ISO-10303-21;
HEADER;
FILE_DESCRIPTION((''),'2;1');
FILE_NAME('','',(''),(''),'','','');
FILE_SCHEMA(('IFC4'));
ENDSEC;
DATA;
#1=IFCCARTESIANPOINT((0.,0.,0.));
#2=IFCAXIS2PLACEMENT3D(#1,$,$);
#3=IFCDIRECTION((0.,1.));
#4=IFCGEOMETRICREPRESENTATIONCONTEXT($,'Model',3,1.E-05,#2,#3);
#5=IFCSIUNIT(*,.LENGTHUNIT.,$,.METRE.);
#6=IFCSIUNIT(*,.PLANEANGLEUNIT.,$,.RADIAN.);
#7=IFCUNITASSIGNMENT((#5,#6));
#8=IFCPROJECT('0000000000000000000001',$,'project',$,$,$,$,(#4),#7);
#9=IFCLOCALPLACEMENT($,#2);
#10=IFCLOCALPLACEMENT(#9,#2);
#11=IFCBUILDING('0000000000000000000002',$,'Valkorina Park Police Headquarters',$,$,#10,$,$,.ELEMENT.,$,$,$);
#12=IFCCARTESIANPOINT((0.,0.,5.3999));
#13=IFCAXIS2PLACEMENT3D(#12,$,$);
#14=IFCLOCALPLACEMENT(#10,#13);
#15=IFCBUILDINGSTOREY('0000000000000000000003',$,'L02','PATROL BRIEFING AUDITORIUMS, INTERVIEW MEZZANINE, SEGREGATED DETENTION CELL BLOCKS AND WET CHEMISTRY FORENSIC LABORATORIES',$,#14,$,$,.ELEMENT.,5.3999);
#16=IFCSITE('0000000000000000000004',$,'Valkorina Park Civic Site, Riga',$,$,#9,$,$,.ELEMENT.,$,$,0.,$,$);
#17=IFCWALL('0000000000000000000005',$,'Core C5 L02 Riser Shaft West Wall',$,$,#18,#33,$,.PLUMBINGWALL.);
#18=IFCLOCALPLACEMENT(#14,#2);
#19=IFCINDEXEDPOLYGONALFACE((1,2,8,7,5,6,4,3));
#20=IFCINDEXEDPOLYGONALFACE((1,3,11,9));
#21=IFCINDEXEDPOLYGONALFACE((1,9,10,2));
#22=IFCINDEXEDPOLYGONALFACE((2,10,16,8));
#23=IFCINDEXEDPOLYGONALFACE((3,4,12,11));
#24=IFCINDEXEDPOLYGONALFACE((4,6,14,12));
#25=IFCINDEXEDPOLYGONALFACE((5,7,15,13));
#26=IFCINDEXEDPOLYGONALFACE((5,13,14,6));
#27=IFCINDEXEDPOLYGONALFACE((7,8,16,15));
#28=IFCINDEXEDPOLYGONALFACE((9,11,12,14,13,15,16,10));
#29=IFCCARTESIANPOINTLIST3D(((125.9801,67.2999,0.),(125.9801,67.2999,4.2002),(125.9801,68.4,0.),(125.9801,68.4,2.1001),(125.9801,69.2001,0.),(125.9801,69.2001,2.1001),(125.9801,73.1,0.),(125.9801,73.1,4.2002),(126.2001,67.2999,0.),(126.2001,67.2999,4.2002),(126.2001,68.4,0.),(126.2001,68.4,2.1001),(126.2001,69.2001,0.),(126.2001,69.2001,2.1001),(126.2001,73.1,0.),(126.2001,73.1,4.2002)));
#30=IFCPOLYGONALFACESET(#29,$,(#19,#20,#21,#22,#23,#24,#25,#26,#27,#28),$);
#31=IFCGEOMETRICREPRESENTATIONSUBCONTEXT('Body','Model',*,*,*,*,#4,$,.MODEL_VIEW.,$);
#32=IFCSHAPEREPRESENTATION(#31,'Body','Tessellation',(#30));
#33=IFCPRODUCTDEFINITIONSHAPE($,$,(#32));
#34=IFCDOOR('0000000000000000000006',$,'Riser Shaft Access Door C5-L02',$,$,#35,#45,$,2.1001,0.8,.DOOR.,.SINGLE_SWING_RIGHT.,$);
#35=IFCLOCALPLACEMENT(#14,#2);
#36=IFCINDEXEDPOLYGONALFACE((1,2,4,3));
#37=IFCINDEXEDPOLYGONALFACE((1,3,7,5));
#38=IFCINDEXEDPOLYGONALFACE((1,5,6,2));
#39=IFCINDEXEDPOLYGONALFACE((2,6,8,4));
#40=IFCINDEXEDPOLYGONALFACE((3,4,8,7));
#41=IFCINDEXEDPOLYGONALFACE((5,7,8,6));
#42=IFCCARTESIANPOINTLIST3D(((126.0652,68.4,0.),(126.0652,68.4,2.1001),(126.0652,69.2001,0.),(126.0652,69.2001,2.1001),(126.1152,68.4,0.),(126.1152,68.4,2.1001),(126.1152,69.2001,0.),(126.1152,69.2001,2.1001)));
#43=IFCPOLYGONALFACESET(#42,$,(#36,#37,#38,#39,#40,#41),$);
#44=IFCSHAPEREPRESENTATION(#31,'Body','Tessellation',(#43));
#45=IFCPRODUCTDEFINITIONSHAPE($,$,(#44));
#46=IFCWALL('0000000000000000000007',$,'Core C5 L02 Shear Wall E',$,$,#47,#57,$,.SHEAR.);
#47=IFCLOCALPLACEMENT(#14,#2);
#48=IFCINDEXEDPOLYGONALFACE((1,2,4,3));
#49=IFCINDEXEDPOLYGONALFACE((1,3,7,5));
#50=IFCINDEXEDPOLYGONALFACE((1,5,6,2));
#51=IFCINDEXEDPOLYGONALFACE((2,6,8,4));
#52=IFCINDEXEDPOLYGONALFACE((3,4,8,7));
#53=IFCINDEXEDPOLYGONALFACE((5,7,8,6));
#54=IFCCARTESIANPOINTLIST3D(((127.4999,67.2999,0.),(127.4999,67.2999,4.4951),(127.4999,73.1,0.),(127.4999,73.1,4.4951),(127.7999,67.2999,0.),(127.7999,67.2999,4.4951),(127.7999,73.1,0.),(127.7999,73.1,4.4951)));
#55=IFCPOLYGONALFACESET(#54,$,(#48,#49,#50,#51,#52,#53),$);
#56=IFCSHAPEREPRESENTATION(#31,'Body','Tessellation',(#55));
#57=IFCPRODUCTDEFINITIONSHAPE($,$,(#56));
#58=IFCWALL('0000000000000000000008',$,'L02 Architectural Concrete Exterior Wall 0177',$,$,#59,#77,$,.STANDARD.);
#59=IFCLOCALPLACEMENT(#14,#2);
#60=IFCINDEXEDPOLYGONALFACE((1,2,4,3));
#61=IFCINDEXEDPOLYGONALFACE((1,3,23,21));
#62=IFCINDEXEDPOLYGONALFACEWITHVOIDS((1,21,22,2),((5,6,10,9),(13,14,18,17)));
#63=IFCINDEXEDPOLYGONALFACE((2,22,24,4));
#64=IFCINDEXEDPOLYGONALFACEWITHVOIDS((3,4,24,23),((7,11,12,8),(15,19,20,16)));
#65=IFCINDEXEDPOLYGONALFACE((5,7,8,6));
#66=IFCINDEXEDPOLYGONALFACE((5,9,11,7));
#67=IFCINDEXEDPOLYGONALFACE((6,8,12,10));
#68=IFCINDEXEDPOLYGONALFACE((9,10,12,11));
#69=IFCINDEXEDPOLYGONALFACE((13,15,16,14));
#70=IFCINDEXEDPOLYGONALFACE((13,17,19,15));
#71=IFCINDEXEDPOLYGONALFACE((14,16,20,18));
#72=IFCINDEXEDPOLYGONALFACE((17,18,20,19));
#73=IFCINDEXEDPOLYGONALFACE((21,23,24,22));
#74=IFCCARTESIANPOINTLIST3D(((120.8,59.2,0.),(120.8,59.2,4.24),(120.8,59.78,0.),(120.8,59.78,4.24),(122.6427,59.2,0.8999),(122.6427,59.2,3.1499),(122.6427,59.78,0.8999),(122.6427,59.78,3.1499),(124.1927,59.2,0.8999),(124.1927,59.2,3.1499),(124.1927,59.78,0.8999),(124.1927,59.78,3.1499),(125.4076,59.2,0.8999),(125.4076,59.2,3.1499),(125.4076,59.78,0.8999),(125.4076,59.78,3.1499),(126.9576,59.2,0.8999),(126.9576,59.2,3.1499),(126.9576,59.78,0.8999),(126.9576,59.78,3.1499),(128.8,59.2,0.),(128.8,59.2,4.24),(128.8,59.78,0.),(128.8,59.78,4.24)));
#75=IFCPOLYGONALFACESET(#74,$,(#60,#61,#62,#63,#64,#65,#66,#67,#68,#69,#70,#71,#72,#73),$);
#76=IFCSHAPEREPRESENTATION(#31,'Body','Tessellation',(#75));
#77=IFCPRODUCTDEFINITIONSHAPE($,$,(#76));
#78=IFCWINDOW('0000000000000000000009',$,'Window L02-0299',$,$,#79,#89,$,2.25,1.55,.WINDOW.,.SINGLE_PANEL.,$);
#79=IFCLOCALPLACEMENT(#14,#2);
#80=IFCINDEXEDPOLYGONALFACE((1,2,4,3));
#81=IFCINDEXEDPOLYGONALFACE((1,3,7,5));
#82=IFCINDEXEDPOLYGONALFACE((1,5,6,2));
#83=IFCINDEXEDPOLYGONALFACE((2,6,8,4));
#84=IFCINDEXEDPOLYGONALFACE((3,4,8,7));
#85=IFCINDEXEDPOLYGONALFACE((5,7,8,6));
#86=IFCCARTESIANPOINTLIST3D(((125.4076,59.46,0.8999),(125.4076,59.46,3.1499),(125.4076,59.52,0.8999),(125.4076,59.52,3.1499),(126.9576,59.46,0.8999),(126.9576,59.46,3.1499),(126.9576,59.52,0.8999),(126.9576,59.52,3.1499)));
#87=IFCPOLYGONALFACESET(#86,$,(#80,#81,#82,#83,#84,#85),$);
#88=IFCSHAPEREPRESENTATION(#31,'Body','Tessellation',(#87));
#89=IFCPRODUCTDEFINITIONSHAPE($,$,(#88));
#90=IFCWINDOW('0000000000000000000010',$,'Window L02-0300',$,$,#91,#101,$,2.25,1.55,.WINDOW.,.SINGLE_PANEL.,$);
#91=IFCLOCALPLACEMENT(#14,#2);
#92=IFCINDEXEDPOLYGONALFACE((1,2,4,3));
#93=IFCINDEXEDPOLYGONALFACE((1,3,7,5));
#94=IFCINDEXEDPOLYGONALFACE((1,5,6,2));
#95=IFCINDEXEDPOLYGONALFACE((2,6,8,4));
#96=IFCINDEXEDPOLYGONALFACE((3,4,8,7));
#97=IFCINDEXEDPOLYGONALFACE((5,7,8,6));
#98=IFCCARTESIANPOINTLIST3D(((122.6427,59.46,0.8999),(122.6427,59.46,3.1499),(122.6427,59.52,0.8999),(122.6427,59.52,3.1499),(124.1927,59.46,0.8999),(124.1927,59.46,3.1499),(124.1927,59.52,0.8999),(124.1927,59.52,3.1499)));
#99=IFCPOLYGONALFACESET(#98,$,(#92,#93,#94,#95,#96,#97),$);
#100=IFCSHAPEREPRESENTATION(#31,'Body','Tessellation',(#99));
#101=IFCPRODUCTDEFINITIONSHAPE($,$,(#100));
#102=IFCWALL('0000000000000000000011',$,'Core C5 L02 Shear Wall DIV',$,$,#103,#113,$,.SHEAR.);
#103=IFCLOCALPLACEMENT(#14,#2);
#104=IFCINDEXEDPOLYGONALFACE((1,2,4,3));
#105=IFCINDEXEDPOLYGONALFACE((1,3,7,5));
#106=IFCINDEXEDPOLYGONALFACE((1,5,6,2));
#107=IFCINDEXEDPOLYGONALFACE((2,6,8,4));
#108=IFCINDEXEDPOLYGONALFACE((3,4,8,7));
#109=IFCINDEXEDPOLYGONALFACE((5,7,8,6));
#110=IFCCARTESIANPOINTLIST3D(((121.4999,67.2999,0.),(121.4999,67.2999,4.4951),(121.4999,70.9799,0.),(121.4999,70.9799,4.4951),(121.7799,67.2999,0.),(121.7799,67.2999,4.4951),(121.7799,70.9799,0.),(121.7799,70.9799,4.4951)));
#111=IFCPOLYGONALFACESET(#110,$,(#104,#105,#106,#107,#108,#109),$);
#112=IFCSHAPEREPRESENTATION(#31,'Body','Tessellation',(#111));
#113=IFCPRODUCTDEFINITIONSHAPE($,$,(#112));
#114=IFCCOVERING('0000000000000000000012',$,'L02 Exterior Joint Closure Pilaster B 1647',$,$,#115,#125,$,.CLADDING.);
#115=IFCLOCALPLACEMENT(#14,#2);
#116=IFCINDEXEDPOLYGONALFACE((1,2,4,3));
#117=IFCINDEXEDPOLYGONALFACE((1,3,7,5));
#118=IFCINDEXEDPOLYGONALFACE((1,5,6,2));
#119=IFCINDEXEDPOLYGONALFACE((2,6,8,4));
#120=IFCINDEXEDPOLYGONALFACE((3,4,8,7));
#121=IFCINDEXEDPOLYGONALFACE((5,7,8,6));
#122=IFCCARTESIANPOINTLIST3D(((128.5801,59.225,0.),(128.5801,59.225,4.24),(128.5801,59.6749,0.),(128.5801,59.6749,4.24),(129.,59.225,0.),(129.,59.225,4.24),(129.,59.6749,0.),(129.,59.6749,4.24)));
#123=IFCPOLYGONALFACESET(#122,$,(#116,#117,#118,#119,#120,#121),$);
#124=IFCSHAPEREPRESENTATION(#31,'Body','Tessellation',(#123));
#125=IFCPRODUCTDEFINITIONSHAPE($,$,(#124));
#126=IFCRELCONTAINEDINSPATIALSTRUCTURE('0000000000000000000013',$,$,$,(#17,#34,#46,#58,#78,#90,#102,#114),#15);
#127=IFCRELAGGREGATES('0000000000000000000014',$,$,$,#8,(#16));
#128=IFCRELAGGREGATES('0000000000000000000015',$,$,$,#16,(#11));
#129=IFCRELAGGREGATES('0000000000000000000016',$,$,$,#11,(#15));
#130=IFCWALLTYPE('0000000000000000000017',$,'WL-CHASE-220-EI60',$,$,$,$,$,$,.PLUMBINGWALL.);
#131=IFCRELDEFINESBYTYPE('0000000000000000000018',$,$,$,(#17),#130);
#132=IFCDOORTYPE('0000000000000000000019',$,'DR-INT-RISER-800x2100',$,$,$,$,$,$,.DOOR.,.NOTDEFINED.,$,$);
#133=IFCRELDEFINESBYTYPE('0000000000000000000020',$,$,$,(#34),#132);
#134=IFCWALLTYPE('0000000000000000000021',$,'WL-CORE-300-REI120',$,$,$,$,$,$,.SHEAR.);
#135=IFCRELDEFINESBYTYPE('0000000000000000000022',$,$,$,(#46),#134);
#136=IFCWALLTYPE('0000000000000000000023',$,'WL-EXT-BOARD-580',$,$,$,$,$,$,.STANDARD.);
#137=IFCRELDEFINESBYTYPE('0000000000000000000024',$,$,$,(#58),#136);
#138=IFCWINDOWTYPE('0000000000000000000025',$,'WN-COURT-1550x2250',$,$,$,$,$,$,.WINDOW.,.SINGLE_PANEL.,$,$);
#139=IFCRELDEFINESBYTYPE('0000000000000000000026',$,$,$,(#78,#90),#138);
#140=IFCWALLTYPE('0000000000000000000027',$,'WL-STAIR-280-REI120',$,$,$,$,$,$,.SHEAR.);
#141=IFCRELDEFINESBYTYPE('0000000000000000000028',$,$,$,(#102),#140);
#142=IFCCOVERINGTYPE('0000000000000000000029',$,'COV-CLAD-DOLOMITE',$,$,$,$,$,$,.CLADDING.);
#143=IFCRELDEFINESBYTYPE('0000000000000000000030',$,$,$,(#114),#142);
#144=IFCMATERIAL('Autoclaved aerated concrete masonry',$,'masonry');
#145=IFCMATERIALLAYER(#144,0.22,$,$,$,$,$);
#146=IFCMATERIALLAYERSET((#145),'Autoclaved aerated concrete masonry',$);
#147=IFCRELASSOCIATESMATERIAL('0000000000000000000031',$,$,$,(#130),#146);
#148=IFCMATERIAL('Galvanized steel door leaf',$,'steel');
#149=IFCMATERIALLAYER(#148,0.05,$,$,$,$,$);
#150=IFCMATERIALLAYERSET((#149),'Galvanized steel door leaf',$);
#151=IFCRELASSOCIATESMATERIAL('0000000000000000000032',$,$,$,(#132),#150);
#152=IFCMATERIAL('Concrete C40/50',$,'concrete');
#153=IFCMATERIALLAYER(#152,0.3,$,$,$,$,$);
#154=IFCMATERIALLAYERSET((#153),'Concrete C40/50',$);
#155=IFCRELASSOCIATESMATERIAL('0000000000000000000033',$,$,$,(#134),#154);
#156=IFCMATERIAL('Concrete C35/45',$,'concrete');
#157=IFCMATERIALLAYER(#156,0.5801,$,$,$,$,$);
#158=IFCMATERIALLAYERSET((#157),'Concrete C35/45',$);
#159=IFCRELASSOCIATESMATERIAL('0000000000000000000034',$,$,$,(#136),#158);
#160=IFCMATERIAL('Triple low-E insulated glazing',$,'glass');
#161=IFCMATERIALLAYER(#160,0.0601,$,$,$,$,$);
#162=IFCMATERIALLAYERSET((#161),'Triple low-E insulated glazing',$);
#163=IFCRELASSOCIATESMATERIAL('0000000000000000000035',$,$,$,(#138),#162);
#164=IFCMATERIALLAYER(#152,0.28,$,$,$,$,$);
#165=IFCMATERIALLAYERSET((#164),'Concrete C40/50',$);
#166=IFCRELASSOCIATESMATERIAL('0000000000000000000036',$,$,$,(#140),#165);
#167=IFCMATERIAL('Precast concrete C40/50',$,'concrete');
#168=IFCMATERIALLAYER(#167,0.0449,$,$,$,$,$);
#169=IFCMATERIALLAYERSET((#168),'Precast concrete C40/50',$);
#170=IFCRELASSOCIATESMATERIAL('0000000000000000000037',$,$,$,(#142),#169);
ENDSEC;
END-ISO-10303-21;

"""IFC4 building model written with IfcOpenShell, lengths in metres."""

from ifc_helpers import new_model, si_unit, direction, frame, frame_2d, origin, origin_2d, place, context, subcontext, project, spatial, rectangle, extrude, material, layer, layer_set, type_object, element, fill, save


model = new_model("IFC4")

# Units and contexts
model_context = context("Model", 3, precision=1e-05, world=origin(), true_north=direction((0.0, 1.0)))
body_context = subcontext(model_context, "Body", "Model", "MODEL_VIEW")
ifc_project = project(units=[si_unit("LENGTHUNIT", "METRE"), si_unit("PLANEANGLEUNIT", "RADIAN")], contexts=[model_context])

# Site, building, storey
site_placement = place(None, origin())
site = spatial("IfcSite", under=ifc_project, at=site_placement, Name="Valkorina Park Civic Site, Riga", CompositionType="ELEMENT", RefElevation=0.0)
building_placement = place(site_placement, origin())
building = spatial("IfcBuilding", under=site, at=building_placement, Name="Valkorina Park Police Headquarters", CompositionType="ELEMENT")
storey_placement = place(building_placement, frame((0.0, 0.0, 5.3999)))
storey = spatial("IfcBuildingStorey", under=building, at=storey_placement, Name="L02", Description="PATROL BRIEFING AUDITORIUMS, INTERVIEW MEZZANINE, SEGREGATED DETENTION CELL BLOCKS AND WET CHEMISTRY FORENSIC LABORATORIES", CompositionType="ELEMENT", Elevation=5.3999)

# Shared definitions
ifc_material_1 = material(Name="Autoclaved aerated concrete masonry", Category="masonry")
ifc_layer_1 = layer(ifc_material_1, 0.22)
ifc_layer_set_1 = layer_set([ifc_layer_1], Name="Autoclaved aerated concrete masonry")
wall_type_1 = type_object("IfcWallType", Name="WL-CHASE-220-EI60", PredefinedType="PLUMBINGWALL", material=ifc_layer_set_1)

# Wall, opening, door
wall_1_placement = place(storey_placement, frame((126.0901, 67.3, 0.0), z_axis=(0.0, 0.0, 1.0), x_axis=(0.0, 1.0, 0.0)))
wall_1 = element("IfcWall", 1, at=wall_1_placement, inside=storey, type_object=wall_type_1, Name="Core C5 L02 Riser Shaft West Wall", PredefinedType="PLUMBINGWALL", context=body_context, shape_type="SweptSolid", body=[
    extrude(rectangle(XDim=5.8, YDim=0.22, at=frame_2d((2.8999, 0.0))), origin(), (0.0, 0.0, 1.0), 4.2002),
])
opening_1_placement = place(wall_1_placement, frame((1.1001, 0.0, 0.0)))
opening_1 = element("IfcOpeningElement", 2, at=opening_1_placement, cuts=wall_1, PredefinedType="OPENING", context=body_context, shape_type="SweptSolid", body=[
    extrude(rectangle(XDim=0.8, YDim=2.1001, at=frame_2d((0.3999, 1.05))), frame((0.0, 0.1201, 0.0), z_axis=(0.0, -1.0, 0.0), x_axis=(1.0, 0.0, 0.0)), (0.0, 0.0, 1.0), 0.24),
])
ifc_material_2 = material(Name="Galvanized steel door leaf", Category="steel")
ifc_layer_2 = layer(ifc_material_2, 0.05)
ifc_layer_set_2 = layer_set([ifc_layer_2], Name="Galvanized steel door leaf")
door_type_1 = type_object("IfcDoorType", Name="DR-INT-RISER-800x2100", OperationType="NOTDEFINED", PredefinedType="DOOR", material=ifc_layer_set_2)
door_1_placement = place(opening_1_placement, origin())
door_1 = element("IfcDoor", 3, at=door_1_placement, inside=storey, type_object=door_type_1, Name="Riser Shaft Access Door C5-L02", OperationType="SINGLE_SWING_RIGHT", OverallHeight=2.1001, OverallWidth=0.8, PredefinedType="DOOR", context=body_context, shape_type="SweptSolid", body=[
    extrude(rectangle(XDim=0.8, YDim=2.1001, at=frame_2d((0.3999, 1.05))), frame((0.0, 0.0249, 0.0), z_axis=(0.0, -1.0, 0.0), x_axis=(1.0, 0.0, 0.0)), (0.0, 0.0, 1.0), 0.05),
])
fill(opening_1, door_1)

# Wall
ifc_material_3 = material(Name="Concrete C40/50", Category="concrete")
ifc_layer_3 = layer(ifc_material_3, 0.3)
ifc_layer_set_3 = layer_set([ifc_layer_3], Name="Concrete C40/50")
wall_type_2 = type_object("IfcWallType", Name="WL-CORE-300-REI120", PredefinedType="SHEAR", material=ifc_layer_set_3)
wall_2_placement = place(storey_placement, frame((127.6499, 67.3, 0.0), z_axis=(0.0, 0.0, 1.0), x_axis=(0.0, 1.0, 0.0)))
element("IfcWall", 4, at=wall_2_placement, inside=storey, type_object=wall_type_2, Name="Core C5 L02 Shear Wall E", PredefinedType="SHEAR", context=body_context, shape_type="SweptSolid", body=[
    extrude(rectangle(XDim=5.8, YDim=0.3, at=frame_2d((2.8999, 0.0))), origin(), (0.0, 0.0, 1.0), 4.4951),
])

# Wall, openings, windows
ifc_material_4 = material(Name="Concrete C35/45", Category="concrete")
ifc_layer_4 = layer(ifc_material_4, 0.5801)
ifc_layer_set_4 = layer_set([ifc_layer_4], Name="Concrete C35/45")
wall_type_3 = type_object("IfcWallType", Name="WL-EXT-BOARD-580", PredefinedType="STANDARD", material=ifc_layer_set_4)
wall_3_placement = place(storey_placement, frame((128.8, 59.49, 0.0), z_axis=(0.0, 0.0, 1.0), x_axis=(-1.0, 0.0, 0.0)))
wall_3 = element("IfcWall", 5, at=wall_3_placement, inside=storey, type_object=wall_type_3, Name="L02 Architectural Concrete Exterior Wall 0177", PredefinedType="STANDARD", context=body_context, shape_type="SweptSolid", body=[
    extrude(rectangle(XDim=8.0, YDim=0.5801, at=frame_2d((4.0, 0.0))), origin(), (0.0, 0.0, 1.0), 4.24),
])
opening_2_placement = place(wall_3_placement, frame((1.8425, 0.0, 0.8999)))
opening_2 = element("IfcOpeningElement", 6, at=opening_2_placement, cuts=wall_3, PredefinedType="OPENING", context=body_context, shape_type="SweptSolid", body=[
    extrude(rectangle(XDim=1.55, YDim=2.25, at=frame_2d((0.7749, 1.125))), frame((0.0, 0.3, 0.0), z_axis=(0.0, -1.0, 0.0), x_axis=(1.0, 0.0, 0.0)), (0.0, 0.0, 1.0), 0.6001),
])
opening_3_placement = place(wall_3_placement, frame((4.6074, 0.0, 0.8999)))
opening_3 = element("IfcOpeningElement", 7, at=opening_3_placement, cuts=wall_3, PredefinedType="OPENING", context=body_context, shape_type="SweptSolid", body=[
    extrude(rectangle(XDim=1.55, YDim=2.25, at=frame_2d((0.7749, 1.125))), frame((0.0, 0.3, 0.0), z_axis=(0.0, -1.0, 0.0), x_axis=(1.0, 0.0, 0.0)), (0.0, 0.0, 1.0), 0.6001),
])
ifc_material_5 = material(Name="Triple low-E insulated glazing", Category="glass")
ifc_layer_5 = layer(ifc_material_5, 0.0601)
ifc_layer_set_5 = layer_set([ifc_layer_5], Name="Triple low-E insulated glazing")
window_type = type_object("IfcWindowType", Name="WN-COURT-1550x2250", PartitioningType="SINGLE_PANEL", PredefinedType="WINDOW", material=ifc_layer_set_5)
window_1_placement = place(opening_2_placement, origin())
window_1 = element("IfcWindow", 8, at=window_1_placement, inside=storey, type_object=window_type, Name="Window L02-0299", OverallHeight=2.25, OverallWidth=1.55, PartitioningType="SINGLE_PANEL", PredefinedType="WINDOW", context=body_context, shape_type="SweptSolid", body=[
    extrude(rectangle(XDim=1.55, YDim=2.25, at=frame_2d((0.7749, 1.125))), frame((0.0, 0.03, 0.0), z_axis=(0.0, -1.0, 0.0), x_axis=(1.0, 0.0, 0.0)), (0.0, 0.0, 1.0), 0.0601),
])
fill(opening_2, window_1)
window_2_placement = place(opening_3_placement, origin())
window_2 = element("IfcWindow", 9, at=window_2_placement, inside=storey, type_object=window_type, Name="Window L02-0300", OverallHeight=2.25, OverallWidth=1.55, PartitioningType="SINGLE_PANEL", PredefinedType="WINDOW", context=body_context, shape_type="SweptSolid", body=[
    extrude(rectangle(XDim=1.55, YDim=2.25, at=frame_2d((0.7749, 1.125))), frame((0.0, 0.03, 0.0), z_axis=(0.0, -1.0, 0.0), x_axis=(1.0, 0.0, 0.0)), (0.0, 0.0, 1.0), 0.0601),
])
fill(opening_3, window_2)

# Wall
ifc_layer_6 = layer(ifc_material_3, 0.28)
ifc_layer_set_6 = layer_set([ifc_layer_6], Name="Concrete C40/50")
wall_type_4 = type_object("IfcWallType", Name="WL-STAIR-280-REI120", PredefinedType="SHEAR", material=ifc_layer_set_6)
wall_4_placement = place(storey_placement, frame((121.6399, 67.3, 0.0), z_axis=(0.0, 0.0, 1.0), x_axis=(0.0, 1.0, 0.0)))
element("IfcWall", 10, at=wall_4_placement, inside=storey, type_object=wall_type_4, Name="Core C5 L02 Shear Wall DIV", PredefinedType="SHEAR", context=body_context, shape_type="SweptSolid", body=[
    extrude(rectangle(XDim=3.6799, YDim=0.28, at=frame_2d((1.8398, 0.0))), origin(), (0.0, 0.0, 1.0), 4.4951),
])

# Covering
ifc_material_6 = material(Name="Precast concrete C40/50", Category="concrete")
ifc_layer_7 = layer(ifc_material_6, 0.0449)
ifc_layer_set_7 = layer_set([ifc_layer_7], Name="Precast concrete C40/50")
covering_type = type_object("IfcCoveringType", Name="COV-CLAD-DOLOMITE", PredefinedType="CLADDING", material=ifc_layer_set_7)
covering_placement = place(storey_placement, frame((128.79, 59.45, 0.0), z_axis=(0.0, 0.0, 1.0), x_axis=(1.0, 0.0, 0.0)))
element("IfcCovering", 11, at=covering_placement, inside=storey, type_object=covering_type, Name="L02 Exterior Joint Closure Pilaster B 1647", PredefinedType="CLADDING", context=body_context, shape_type="SweptSolid", body=[
    extrude(rectangle(XDim=0.4199, YDim=0.45, at=origin_2d()), origin(), (0.0, 0.0, 1.0), 4.24),
])

save(model, "model.ifc")
